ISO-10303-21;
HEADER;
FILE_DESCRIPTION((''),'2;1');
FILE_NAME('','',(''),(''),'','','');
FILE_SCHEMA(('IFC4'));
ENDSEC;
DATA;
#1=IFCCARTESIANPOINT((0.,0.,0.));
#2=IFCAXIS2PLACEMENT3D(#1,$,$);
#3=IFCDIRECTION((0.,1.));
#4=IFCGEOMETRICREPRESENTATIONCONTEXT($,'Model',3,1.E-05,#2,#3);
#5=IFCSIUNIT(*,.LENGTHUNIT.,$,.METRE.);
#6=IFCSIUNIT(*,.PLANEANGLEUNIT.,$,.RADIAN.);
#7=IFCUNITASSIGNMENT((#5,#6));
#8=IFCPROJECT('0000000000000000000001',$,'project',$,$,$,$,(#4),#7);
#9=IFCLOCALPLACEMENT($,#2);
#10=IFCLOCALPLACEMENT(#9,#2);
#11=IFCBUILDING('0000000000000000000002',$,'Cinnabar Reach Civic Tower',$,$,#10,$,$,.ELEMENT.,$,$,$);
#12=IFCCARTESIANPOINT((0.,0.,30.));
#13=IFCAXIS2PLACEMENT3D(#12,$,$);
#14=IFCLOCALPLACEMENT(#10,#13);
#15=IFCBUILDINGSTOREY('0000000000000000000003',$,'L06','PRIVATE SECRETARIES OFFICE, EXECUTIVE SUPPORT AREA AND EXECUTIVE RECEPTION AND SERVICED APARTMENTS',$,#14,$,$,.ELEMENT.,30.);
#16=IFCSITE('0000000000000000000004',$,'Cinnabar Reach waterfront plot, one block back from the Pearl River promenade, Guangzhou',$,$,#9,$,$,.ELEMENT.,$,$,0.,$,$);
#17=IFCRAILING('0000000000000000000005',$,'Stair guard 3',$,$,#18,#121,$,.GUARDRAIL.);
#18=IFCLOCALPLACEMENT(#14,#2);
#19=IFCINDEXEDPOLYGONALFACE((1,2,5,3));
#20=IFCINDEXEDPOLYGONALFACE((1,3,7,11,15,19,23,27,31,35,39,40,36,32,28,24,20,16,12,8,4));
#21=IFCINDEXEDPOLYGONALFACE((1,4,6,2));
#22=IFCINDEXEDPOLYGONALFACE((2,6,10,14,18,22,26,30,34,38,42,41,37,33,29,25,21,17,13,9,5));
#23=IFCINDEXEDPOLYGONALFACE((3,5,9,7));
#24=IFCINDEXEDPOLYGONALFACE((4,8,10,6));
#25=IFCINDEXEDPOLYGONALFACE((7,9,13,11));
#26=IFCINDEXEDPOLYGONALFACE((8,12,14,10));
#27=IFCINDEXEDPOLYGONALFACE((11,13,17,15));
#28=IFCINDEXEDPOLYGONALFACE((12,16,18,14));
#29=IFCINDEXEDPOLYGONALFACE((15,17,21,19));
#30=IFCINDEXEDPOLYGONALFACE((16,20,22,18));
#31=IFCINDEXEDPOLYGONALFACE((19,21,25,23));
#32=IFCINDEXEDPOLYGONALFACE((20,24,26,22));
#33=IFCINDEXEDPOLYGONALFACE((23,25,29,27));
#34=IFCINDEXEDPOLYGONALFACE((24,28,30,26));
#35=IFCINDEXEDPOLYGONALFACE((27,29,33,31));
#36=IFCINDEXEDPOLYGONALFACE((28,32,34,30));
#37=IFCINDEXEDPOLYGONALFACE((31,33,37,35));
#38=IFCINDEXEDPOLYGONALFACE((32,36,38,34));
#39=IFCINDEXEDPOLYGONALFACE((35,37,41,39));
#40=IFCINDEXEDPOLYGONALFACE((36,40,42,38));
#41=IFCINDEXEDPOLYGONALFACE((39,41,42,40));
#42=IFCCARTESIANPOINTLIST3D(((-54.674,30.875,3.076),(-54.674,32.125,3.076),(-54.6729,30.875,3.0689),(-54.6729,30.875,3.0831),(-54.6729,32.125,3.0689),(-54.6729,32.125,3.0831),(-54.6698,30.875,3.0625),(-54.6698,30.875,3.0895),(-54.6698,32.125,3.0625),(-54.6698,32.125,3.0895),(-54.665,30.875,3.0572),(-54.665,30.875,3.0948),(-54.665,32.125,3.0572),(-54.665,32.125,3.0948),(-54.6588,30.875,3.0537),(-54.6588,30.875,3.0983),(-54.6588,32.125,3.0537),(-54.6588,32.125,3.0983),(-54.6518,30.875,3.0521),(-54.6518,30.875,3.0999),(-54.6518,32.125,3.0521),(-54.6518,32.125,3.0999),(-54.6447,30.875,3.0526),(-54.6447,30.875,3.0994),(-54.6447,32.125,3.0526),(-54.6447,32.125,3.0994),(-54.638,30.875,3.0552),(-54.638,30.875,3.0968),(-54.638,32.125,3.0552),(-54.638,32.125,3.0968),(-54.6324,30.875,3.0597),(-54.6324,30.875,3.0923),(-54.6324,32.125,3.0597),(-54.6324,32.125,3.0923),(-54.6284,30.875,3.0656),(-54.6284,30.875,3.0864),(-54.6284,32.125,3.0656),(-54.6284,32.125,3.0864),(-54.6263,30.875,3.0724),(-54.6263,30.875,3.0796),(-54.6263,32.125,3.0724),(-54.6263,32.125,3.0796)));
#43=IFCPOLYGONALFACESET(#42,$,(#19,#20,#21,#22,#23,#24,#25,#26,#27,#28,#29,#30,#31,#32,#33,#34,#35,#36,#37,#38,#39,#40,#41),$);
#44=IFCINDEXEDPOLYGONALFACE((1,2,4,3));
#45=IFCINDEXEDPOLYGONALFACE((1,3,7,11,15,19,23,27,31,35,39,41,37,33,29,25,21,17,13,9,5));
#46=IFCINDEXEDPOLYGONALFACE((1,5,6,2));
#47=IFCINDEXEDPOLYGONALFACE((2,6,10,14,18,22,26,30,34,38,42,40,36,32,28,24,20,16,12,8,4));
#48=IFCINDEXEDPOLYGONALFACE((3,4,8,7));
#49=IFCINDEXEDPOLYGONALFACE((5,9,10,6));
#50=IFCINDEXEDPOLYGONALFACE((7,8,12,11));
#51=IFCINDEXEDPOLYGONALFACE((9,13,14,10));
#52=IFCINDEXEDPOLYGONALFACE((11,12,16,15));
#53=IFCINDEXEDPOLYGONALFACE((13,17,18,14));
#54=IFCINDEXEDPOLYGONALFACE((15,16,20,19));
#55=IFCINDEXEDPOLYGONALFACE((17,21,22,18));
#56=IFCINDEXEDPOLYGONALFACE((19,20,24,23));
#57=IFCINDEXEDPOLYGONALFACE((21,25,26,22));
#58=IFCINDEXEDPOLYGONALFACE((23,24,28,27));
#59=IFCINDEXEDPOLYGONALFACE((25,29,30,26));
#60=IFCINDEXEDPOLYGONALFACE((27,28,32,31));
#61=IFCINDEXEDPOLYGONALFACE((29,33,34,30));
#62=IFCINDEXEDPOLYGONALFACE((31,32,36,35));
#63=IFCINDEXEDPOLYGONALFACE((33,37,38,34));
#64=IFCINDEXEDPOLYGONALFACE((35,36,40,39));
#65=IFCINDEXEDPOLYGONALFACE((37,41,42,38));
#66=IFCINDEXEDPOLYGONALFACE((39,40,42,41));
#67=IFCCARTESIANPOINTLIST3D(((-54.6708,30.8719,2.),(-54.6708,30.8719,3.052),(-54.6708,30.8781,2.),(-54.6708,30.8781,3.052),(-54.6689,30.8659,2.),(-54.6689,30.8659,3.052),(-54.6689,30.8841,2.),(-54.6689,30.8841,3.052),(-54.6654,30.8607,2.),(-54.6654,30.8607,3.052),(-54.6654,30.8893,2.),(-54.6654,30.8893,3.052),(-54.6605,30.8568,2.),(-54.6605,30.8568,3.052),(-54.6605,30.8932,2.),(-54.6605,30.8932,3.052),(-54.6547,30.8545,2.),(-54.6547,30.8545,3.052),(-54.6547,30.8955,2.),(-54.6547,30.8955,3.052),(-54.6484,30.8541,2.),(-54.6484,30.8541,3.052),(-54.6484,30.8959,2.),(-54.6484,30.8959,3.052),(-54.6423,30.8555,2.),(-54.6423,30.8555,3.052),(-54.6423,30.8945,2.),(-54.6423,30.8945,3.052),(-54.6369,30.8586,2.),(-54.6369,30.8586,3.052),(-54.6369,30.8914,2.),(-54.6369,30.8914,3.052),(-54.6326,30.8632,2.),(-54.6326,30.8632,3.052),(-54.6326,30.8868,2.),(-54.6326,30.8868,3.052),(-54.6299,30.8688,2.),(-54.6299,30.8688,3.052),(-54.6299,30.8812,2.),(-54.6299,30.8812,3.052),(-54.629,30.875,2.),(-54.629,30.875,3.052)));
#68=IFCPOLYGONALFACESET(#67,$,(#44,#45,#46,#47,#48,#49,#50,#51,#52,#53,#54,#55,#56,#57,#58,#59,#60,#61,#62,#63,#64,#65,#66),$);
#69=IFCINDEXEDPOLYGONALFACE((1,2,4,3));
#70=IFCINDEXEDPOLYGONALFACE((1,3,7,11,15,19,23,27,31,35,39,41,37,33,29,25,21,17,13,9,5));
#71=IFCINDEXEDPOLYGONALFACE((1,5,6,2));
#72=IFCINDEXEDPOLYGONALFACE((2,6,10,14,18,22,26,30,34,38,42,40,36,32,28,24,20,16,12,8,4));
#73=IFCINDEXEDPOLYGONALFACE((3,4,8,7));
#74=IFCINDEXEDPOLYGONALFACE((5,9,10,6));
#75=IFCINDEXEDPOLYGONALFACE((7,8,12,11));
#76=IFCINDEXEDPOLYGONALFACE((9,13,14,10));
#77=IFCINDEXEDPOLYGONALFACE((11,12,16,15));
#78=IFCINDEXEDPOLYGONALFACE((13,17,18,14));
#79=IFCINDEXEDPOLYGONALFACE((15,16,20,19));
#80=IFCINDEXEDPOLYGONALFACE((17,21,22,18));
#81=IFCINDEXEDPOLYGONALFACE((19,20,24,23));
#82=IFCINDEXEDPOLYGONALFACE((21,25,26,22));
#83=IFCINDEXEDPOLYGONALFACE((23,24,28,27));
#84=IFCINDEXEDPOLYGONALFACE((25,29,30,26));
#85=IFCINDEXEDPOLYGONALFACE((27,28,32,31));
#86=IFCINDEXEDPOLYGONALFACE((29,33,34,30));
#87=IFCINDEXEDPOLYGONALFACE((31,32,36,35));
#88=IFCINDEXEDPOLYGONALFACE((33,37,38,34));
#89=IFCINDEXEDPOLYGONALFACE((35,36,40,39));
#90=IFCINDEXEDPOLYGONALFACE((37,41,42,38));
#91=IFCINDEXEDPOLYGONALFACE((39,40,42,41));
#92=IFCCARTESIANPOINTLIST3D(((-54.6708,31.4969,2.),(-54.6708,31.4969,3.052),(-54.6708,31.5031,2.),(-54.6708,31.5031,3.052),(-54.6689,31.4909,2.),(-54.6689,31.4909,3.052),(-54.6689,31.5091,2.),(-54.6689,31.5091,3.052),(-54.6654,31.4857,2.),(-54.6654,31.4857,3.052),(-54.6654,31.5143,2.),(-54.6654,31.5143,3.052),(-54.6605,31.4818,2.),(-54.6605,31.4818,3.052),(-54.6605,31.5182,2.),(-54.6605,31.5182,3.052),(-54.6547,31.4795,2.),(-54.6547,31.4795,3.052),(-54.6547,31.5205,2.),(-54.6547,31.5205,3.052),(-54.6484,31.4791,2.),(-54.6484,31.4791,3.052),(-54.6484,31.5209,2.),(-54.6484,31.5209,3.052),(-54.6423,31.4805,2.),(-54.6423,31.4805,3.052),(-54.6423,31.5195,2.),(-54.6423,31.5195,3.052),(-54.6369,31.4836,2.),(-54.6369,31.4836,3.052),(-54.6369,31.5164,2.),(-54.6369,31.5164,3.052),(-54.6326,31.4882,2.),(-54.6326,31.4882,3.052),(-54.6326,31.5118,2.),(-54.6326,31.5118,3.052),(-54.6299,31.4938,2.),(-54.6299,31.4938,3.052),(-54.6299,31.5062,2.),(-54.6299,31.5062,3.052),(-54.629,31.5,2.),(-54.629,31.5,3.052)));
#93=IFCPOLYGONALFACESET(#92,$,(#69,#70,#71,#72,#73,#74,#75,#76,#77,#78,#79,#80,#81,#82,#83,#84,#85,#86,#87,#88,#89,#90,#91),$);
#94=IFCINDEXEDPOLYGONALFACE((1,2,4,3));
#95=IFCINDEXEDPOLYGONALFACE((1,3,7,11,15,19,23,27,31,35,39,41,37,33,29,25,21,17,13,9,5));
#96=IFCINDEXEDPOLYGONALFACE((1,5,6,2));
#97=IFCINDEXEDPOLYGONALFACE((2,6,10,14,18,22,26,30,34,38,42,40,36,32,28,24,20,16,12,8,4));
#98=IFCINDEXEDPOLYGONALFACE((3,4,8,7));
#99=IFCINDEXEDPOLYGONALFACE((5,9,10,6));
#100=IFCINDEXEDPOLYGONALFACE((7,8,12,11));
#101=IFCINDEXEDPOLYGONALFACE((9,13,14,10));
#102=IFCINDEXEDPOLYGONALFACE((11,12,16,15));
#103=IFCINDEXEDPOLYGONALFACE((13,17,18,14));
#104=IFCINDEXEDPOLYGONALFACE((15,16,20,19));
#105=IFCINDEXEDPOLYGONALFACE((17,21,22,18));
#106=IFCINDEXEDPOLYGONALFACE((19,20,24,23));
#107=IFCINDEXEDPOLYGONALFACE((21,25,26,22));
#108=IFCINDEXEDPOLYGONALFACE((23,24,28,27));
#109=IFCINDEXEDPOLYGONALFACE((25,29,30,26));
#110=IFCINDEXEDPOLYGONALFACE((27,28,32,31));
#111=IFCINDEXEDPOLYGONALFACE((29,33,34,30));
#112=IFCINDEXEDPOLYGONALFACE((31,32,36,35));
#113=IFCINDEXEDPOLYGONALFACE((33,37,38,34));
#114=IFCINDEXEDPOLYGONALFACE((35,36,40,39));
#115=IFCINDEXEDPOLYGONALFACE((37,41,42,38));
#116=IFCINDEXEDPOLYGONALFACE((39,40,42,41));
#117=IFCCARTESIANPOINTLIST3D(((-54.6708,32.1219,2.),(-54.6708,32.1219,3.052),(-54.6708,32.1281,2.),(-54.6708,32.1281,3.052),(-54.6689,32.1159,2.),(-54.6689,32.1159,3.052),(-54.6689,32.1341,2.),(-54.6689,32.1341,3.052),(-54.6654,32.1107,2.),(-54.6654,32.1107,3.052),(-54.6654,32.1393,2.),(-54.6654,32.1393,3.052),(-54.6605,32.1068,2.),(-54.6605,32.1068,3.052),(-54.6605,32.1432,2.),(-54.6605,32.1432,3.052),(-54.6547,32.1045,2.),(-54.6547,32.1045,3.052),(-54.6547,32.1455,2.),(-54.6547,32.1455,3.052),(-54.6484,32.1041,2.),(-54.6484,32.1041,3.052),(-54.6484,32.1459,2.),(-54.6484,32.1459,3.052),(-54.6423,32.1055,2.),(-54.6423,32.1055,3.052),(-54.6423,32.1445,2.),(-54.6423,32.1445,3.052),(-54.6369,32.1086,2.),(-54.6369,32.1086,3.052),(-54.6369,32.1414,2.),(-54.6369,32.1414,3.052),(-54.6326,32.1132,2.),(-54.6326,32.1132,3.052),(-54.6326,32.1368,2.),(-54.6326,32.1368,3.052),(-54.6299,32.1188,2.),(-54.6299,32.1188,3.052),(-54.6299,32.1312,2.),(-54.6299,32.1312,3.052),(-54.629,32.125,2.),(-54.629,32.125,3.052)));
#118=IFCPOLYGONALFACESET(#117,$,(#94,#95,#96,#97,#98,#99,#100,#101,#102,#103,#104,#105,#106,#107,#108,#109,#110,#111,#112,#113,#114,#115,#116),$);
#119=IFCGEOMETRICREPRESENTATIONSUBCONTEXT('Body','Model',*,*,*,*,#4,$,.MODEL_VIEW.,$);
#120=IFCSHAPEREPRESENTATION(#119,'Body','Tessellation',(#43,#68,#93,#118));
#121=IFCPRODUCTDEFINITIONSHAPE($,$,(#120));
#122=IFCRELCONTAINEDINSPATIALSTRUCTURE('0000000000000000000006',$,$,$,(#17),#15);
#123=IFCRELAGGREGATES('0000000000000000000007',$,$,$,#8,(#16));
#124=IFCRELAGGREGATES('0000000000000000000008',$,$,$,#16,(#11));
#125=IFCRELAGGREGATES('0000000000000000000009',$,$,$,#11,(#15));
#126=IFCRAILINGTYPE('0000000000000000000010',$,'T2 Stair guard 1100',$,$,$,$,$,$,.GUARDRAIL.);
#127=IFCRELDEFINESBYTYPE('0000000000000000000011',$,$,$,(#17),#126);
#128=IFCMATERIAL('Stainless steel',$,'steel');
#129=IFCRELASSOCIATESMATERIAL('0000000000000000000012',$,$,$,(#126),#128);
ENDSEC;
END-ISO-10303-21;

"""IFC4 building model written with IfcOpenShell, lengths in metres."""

from ifc_helpers import new_model, si_unit, direction, frame, origin, origin_2d, place, context, subcontext, project, spatial, circle, extrude, material, type_object, element, save


model = new_model("IFC4")

# Units and contexts
model_context = context("Model", 3, precision=1e-05, world=origin(), true_north=direction((0.0, 1.0)))
body_context = subcontext(model_context, "Body", "Model", "MODEL_VIEW")
ifc_project = project(units=[si_unit("LENGTHUNIT", "METRE"), si_unit("PLANEANGLEUNIT", "RADIAN")], contexts=[model_context])

# Site, building, storey
site_placement = place(None, origin())
site = spatial("IfcSite", under=ifc_project, at=site_placement, Name="Cinnabar Reach waterfront plot, one block back from the Pearl River promenade, Guangzhou", CompositionType="ELEMENT", RefElevation=0.0)
building_placement = place(site_placement, origin())
building = spatial("IfcBuilding", under=site, at=building_placement, Name="Cinnabar Reach Civic Tower", CompositionType="ELEMENT")
storey_placement = place(building_placement, frame((0.0, 0.0, 30.0)))
storey = spatial("IfcBuildingStorey", under=building, at=storey_placement, Name="L06", Description="PRIVATE SECRETARIES OFFICE, EXECUTIVE SUPPORT AREA AND EXECUTIVE RECEPTION AND SERVICED APARTMENTS", CompositionType="ELEMENT", Elevation=30.0)

# Railing
ifc_material_1 = material(Name="Stainless steel", Category="steel")
railing_type = type_object("IfcRailingType", Name="T2 Stair guard 1100", PredefinedType="GUARDRAIL", material=ifc_material_1)
railing_1_placement = place(storey_placement, frame((-54.65, 30.875, 2.0)))
element("IfcRailing", 1, at=railing_1_placement, inside=storey, type_object=railing_type, Name="Stair guard 3", PredefinedType="GUARDRAIL", context=body_context, shape_type="SweptSolid", body=[
    extrude(circle(Radius=0.024, at=origin_2d()), frame((0.0, 0.0, 1.076), z_axis=(0.0, 1.0, 0.0), x_axis=(-1.0, 0.0, 0.0)), (0.0, 0.0, 1.0), 1.25),
    extrude(circle(Radius=0.021, at=origin_2d()), origin(), (0.0, 0.0, 1.0), 1.052),
    extrude(circle(Radius=0.021, at=origin_2d()), frame((0.0, 0.625, 0.0)), (0.0, 0.0, 1.0), 1.052),
    extrude(circle(Radius=0.021, at=origin_2d()), frame((0.0, 1.25, 0.0)), (0.0, 0.0, 1.0), 1.052),
])

save(model, "model.ifc")
